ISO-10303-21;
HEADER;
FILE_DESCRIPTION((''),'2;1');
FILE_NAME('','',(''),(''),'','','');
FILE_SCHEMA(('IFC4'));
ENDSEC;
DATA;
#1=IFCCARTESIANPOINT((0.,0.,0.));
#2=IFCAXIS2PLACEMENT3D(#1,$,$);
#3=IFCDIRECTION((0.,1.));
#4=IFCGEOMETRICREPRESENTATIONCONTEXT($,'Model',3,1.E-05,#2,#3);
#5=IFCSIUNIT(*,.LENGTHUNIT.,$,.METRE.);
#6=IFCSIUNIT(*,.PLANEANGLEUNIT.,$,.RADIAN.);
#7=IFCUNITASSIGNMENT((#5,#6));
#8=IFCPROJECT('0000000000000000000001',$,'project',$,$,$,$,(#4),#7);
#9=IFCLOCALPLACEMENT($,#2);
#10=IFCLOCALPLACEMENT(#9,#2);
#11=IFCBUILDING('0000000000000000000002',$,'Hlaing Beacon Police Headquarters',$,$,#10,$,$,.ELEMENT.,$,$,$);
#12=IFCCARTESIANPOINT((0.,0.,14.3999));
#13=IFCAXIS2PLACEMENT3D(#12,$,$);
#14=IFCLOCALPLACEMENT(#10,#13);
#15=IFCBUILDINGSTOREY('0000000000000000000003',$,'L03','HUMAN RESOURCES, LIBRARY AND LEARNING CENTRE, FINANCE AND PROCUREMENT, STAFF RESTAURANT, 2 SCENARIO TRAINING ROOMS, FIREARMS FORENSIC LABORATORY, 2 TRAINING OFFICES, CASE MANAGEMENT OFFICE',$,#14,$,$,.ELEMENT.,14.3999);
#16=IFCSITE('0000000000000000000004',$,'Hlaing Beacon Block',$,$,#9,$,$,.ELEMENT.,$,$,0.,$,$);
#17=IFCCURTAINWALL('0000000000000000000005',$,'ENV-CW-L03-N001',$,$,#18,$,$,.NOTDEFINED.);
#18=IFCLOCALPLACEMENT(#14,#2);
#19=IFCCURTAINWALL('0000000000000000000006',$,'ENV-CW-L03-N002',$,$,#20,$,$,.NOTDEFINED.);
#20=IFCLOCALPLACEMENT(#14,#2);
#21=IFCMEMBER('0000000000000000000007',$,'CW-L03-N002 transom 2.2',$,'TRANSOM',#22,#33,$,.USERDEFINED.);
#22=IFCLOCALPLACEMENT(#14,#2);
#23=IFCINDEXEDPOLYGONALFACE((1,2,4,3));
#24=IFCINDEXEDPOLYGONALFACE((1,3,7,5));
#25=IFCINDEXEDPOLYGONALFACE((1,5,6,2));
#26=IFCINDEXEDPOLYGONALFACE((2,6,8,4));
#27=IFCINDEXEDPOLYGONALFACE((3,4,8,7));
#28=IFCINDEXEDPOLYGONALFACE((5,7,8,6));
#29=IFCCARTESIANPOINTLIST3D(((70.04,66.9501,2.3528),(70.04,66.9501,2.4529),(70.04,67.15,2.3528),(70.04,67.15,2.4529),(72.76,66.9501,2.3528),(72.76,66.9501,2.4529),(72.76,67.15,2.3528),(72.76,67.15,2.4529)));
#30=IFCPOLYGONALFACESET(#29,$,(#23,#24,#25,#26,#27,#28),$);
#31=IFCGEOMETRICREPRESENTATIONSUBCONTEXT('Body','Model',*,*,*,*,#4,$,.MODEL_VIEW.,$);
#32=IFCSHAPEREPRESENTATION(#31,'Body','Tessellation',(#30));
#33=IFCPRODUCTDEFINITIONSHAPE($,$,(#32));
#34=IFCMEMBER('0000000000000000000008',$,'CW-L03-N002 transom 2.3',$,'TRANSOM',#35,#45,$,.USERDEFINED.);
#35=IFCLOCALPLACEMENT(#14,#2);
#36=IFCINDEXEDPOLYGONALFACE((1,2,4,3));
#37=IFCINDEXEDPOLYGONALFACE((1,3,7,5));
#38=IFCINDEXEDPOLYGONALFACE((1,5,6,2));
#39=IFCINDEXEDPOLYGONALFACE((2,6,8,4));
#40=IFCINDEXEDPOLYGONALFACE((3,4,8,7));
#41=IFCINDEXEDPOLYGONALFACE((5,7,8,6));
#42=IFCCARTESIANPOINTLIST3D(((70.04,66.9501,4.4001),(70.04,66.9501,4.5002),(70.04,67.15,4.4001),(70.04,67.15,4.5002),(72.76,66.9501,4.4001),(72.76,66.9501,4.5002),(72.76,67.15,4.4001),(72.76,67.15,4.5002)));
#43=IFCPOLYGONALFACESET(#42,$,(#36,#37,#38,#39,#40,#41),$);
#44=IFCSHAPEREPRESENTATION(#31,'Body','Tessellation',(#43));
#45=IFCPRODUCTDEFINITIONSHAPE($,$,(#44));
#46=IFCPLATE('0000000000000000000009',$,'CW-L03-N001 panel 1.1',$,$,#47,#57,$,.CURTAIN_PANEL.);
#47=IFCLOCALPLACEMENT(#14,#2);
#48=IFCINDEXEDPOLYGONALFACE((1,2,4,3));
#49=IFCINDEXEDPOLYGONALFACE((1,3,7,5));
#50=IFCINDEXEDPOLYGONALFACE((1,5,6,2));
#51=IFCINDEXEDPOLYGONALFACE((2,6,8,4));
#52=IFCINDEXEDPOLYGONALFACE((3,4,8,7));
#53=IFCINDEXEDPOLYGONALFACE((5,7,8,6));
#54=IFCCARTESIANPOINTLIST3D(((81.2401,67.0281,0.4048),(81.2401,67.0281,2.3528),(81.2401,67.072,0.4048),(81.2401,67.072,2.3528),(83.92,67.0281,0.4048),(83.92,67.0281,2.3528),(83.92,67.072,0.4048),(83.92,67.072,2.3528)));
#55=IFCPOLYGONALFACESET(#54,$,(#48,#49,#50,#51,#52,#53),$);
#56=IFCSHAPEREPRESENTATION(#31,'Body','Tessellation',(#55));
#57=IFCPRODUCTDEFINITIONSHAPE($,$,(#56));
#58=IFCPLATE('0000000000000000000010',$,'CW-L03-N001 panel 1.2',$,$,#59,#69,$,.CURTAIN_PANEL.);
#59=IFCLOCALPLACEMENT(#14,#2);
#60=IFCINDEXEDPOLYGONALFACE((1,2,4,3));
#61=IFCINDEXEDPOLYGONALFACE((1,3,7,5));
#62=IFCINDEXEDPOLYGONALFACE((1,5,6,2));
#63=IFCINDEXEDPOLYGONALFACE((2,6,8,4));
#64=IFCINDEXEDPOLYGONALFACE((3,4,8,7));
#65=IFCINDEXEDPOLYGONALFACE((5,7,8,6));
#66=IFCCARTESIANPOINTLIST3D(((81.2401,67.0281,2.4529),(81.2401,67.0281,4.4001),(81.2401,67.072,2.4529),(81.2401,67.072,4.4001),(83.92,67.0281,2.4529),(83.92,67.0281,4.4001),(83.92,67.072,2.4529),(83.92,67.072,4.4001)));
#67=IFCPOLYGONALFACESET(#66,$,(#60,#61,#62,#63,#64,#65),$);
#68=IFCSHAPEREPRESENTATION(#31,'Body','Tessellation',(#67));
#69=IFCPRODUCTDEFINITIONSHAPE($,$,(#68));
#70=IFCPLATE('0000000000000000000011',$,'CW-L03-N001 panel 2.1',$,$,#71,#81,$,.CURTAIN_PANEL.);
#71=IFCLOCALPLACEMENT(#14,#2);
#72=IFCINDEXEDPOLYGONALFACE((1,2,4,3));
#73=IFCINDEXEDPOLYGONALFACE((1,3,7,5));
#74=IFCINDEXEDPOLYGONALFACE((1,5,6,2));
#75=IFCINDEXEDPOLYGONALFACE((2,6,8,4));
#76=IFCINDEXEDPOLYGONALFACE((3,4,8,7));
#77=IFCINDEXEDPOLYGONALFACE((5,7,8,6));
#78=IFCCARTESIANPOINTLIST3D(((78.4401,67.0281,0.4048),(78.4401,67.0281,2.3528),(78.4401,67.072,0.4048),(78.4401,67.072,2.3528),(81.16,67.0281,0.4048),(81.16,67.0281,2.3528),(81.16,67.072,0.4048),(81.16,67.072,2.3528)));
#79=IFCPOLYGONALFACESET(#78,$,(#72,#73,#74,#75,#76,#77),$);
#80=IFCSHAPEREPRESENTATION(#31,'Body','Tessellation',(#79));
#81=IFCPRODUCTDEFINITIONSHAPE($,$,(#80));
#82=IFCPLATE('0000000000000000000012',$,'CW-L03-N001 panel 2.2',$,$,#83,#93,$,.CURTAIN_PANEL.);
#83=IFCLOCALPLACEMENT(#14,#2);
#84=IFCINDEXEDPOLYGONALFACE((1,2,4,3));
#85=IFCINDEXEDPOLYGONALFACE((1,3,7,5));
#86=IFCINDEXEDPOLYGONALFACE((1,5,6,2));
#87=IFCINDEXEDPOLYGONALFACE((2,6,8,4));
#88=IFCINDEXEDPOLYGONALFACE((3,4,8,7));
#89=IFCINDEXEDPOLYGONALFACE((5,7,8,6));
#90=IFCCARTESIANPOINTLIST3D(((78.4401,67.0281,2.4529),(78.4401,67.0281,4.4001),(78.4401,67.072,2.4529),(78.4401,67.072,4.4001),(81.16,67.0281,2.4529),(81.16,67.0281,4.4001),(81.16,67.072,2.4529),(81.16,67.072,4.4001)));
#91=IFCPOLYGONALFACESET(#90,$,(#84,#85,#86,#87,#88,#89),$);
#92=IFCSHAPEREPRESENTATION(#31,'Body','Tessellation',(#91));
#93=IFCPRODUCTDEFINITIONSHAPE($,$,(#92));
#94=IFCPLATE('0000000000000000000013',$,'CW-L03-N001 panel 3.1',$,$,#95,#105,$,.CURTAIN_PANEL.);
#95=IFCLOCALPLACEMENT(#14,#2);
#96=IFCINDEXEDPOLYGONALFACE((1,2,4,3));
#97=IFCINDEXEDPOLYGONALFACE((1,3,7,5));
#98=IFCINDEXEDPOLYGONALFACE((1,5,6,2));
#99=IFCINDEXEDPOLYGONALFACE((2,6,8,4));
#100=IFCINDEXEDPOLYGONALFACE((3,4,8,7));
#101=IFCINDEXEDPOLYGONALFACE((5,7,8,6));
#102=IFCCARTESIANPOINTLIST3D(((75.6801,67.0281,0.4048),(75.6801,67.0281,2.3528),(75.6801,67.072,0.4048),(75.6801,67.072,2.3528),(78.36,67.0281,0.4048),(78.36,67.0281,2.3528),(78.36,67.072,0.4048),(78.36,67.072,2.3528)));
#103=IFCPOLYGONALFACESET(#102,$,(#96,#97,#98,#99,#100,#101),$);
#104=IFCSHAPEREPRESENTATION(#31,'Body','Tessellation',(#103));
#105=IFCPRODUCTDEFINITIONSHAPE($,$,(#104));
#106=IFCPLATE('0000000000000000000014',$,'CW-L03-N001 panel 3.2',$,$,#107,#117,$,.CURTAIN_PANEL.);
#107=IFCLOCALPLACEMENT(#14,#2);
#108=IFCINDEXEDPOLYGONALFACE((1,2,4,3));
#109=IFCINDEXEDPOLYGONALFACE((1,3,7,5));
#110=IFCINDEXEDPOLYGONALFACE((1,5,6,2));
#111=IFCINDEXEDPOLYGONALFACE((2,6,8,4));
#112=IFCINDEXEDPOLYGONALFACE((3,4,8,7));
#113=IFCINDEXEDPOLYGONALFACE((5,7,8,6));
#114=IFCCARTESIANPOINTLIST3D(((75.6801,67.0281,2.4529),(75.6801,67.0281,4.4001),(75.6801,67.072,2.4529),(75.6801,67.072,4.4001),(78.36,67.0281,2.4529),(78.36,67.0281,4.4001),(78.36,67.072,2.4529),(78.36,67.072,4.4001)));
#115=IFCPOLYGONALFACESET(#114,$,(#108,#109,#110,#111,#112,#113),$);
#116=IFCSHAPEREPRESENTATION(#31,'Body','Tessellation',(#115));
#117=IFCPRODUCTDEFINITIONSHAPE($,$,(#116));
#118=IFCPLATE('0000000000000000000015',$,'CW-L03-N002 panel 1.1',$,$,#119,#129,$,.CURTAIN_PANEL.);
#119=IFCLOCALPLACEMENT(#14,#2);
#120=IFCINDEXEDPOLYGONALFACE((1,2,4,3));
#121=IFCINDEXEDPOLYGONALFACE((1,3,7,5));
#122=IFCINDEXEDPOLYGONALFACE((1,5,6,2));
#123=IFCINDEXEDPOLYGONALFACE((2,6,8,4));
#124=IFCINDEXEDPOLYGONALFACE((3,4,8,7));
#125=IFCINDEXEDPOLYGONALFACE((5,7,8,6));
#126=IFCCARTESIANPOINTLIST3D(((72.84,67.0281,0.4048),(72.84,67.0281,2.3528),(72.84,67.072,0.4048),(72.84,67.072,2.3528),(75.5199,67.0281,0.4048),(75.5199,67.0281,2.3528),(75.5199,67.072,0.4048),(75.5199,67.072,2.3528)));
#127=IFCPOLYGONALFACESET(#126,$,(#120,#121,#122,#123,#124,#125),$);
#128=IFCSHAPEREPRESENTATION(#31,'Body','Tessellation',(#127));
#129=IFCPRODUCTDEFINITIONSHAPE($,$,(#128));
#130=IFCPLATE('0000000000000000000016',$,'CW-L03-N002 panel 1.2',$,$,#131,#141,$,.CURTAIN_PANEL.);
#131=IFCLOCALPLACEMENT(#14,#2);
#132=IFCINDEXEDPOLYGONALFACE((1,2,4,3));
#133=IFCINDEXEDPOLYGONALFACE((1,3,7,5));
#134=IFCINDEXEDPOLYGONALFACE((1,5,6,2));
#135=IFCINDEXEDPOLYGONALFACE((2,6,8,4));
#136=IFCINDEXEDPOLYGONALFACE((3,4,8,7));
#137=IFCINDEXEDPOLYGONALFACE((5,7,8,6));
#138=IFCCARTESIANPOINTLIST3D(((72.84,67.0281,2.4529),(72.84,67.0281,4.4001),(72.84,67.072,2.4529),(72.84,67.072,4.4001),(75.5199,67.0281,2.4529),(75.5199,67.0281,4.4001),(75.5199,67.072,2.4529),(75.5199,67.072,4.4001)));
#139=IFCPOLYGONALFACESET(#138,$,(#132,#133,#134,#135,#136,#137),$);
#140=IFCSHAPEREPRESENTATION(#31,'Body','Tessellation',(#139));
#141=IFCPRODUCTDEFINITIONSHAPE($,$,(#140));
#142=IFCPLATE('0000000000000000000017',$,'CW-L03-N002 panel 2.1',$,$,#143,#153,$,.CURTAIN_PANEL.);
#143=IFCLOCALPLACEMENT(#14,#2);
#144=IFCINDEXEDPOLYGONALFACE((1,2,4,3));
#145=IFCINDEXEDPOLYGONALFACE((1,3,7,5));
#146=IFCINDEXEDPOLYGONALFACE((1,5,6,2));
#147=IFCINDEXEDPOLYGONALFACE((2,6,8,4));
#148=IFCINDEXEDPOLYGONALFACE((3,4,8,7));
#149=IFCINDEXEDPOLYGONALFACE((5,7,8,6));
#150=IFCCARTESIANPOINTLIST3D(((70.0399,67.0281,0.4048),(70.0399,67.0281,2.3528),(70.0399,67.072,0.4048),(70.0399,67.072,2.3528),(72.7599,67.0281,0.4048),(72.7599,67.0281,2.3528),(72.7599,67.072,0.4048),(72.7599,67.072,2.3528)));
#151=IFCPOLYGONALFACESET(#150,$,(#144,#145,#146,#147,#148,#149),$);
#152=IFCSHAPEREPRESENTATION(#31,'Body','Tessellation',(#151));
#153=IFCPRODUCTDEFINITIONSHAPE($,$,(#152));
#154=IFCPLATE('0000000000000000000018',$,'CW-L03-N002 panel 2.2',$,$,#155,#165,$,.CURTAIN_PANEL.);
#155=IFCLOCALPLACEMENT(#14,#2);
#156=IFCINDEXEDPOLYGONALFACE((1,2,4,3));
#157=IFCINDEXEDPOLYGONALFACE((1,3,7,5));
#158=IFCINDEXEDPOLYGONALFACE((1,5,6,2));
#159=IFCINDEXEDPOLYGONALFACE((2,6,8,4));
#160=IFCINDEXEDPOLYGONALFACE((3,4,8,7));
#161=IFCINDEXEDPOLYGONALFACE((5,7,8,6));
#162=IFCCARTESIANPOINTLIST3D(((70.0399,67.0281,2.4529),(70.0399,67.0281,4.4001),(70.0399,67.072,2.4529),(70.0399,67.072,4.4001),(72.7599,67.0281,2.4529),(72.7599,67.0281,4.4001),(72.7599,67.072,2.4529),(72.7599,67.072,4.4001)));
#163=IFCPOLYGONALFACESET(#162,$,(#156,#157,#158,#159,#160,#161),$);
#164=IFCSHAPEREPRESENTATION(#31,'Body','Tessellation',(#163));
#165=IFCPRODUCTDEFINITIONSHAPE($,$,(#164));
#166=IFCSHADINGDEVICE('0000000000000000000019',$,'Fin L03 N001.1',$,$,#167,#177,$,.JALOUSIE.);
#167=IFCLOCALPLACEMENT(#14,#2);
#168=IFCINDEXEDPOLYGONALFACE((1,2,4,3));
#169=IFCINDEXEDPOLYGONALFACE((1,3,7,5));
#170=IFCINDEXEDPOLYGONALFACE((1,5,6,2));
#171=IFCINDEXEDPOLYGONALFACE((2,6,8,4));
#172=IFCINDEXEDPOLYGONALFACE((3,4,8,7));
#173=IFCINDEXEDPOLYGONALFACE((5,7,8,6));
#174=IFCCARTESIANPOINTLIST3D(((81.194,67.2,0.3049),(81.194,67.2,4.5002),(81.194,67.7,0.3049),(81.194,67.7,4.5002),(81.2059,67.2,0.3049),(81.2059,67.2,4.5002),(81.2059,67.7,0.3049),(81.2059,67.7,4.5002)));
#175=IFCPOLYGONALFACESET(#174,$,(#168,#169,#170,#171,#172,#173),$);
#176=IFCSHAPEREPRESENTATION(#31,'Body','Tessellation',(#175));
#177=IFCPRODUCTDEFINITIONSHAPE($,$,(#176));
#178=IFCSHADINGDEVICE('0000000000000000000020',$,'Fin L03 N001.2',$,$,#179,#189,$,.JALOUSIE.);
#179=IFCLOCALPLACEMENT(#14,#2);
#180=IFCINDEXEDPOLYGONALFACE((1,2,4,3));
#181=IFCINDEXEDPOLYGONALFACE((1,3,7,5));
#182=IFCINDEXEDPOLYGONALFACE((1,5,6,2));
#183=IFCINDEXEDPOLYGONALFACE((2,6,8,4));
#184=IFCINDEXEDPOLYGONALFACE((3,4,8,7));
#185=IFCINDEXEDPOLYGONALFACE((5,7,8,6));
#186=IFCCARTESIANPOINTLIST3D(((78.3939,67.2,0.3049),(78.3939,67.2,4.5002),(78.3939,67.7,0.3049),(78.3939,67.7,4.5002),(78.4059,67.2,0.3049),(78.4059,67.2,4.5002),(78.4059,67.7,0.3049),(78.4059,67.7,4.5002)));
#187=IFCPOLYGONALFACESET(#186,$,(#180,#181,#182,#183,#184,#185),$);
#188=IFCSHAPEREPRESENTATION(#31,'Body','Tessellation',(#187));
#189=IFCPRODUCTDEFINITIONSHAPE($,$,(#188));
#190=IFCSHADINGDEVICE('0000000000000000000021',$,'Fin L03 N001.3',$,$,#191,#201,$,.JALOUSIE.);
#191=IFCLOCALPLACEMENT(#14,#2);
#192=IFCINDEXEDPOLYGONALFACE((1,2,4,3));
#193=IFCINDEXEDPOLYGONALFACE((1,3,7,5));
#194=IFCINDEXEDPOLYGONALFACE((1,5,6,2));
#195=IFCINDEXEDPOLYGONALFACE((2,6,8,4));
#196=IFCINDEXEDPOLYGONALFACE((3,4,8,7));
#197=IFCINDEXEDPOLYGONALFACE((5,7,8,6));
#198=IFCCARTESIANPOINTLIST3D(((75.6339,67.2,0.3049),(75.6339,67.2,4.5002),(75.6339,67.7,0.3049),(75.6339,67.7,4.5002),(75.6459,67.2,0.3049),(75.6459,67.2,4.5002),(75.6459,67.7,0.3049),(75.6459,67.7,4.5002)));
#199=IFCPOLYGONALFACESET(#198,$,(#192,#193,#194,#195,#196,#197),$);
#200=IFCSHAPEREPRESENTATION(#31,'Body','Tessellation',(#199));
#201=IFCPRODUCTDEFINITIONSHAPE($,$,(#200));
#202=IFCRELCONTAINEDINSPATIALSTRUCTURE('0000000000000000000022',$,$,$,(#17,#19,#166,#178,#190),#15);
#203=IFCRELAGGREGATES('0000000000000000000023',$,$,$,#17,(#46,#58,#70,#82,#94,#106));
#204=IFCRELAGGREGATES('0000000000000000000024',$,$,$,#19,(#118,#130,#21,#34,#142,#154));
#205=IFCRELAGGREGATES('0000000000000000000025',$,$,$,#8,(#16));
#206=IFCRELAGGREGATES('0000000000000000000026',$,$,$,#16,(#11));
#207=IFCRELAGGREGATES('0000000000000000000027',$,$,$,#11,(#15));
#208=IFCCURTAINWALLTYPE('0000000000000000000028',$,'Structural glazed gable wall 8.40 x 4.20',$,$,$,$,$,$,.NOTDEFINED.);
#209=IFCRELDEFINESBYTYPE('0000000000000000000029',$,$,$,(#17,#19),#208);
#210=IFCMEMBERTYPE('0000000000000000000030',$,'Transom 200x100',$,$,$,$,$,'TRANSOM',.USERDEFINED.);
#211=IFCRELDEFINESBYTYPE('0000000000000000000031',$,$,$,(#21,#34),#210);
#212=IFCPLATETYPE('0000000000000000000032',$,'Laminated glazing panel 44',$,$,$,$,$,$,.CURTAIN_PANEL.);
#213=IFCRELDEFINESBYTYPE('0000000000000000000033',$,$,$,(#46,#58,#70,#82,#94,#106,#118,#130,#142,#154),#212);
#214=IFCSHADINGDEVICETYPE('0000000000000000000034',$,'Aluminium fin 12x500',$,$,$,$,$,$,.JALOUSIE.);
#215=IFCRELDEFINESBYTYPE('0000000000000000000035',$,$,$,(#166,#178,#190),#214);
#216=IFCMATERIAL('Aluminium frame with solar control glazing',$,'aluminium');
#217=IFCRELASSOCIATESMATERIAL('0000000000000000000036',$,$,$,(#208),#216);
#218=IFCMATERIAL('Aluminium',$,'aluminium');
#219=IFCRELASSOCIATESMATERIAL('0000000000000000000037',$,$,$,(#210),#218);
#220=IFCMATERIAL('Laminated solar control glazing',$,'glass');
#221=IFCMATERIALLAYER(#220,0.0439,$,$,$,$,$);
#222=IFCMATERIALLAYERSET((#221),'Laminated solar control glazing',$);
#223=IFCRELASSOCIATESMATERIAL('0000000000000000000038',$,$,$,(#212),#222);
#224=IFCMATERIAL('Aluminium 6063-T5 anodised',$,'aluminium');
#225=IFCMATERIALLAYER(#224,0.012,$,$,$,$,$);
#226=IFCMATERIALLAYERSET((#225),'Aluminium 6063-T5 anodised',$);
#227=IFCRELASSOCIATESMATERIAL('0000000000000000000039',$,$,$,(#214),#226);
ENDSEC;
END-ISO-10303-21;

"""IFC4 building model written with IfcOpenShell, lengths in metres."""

from ifc_helpers import new_model, si_unit, direction, frame, origin, origin_2d, place, context, subcontext, project, spatial, rectangle, extrude, material, layer, layer_set, material_profile, profile_set, type_object, element, aggregate, save


model = new_model("IFC4")

# Units and contexts
model_context = context("Model", 3, precision=1e-05, world=origin(), true_north=direction((0.0, 1.0)))
body_context = subcontext(model_context, "Body", "Model", "MODEL_VIEW")
ifc_project = project(units=[si_unit("LENGTHUNIT", "METRE"), si_unit("PLANEANGLEUNIT", "RADIAN")], contexts=[model_context])

# Site, building, storey
site_placement = place(None, origin())
site = spatial("IfcSite", under=ifc_project, at=site_placement, Name="Hlaing Beacon Block", CompositionType="ELEMENT", RefElevation=0.0)
building_placement = place(site_placement, origin())
building = spatial("IfcBuilding", under=site, at=building_placement, Name="Hlaing Beacon Police Headquarters", CompositionType="ELEMENT")
storey_placement = place(building_placement, frame((0.0, 0.0, 14.3999)))
storey = spatial("IfcBuildingStorey", under=building, at=storey_placement, Name="L03", Description="HUMAN RESOURCES, LIBRARY AND LEARNING CENTRE, FINANCE AND PROCUREMENT, STAFF RESTAURANT, 2 SCENARIO TRAINING ROOMS, FIREARMS FORENSIC LABORATORY, 2 TRAINING OFFICES, CASE MANAGEMENT OFFICE", CompositionType="ELEMENT", Elevation=14.3999)

# Curtain walls
ifc_material_1 = material(Name="Aluminium frame with solar control glazing", Category="aluminium")
curtain_wall_type = type_object("IfcCurtainWallType", Name="Structural glazed gable wall 8.40 x 4.20", PredefinedType="NOTDEFINED", material=ifc_material_1)
curtain_wall_1_placement = place(storey_placement, origin())
curtain_wall_1 = element("IfcCurtainWall", 1, at=curtain_wall_1_placement, inside=storey, type_object=curtain_wall_type, Name="ENV-CW-L03-N001", PredefinedType="NOTDEFINED")
curtain_wall_2_placement = place(storey_placement, origin())
curtain_wall_2 = element("IfcCurtainWall", 2, at=curtain_wall_2_placement, inside=storey, type_object=curtain_wall_type, Name="ENV-CW-L03-N002", PredefinedType="NOTDEFINED")

# Members
ifc_material_2 = material(Name="Aluminium", Category="aluminium")
ifc_material_profile_1 = material_profile(ifc_material_2, rectangle(XDim=0.2, YDim=0.1001, at=origin_2d()), Name="Transom 200x100")
ifc_profile_set_1 = profile_set([ifc_material_profile_1], Name="Aluminium")
member_type_1 = type_object("IfcMemberType", Name="Transom 200x100", ElementType="TRANSOM", PredefinedType="USERDEFINED", material=ifc_profile_set_1)
member_1_placement = place(storey_placement, frame((72.76, 67.05, 2.4028), z_axis=(-1.0, 0.0, 0.0), x_axis=(0.0, -1.0, 0.0)))
member_1 = element("IfcMember", 3, at=member_1_placement, type_object=member_type_1, Name="CW-L03-N002 transom 2.2", ObjectType="TRANSOM", PredefinedType="USERDEFINED", context=body_context, shape_type="SweptSolid", body=[
    extrude(rectangle(XDim=0.2, YDim=0.1001, at=origin_2d()), origin(), (0.0, 0.0, 1.0), 2.72),
])
member_2_placement = place(storey_placement, frame((72.76, 67.05, 4.4502), z_axis=(-1.0, 0.0, 0.0), x_axis=(0.0, -1.0, 0.0)))
member_2 = element("IfcMember", 4, at=member_2_placement, type_object=member_type_1, Name="CW-L03-N002 transom 2.3", ObjectType="TRANSOM", PredefinedType="USERDEFINED", context=body_context, shape_type="SweptSolid", body=[
    extrude(rectangle(XDim=0.2, YDim=0.1001, at=origin_2d()), origin(), (0.0, 0.0, 1.0), 2.72),
])

# Plates
ifc_material_3 = material(Name="Laminated solar control glazing", Category="glass")
ifc_layer_1 = layer(ifc_material_3, 0.0439)
ifc_layer_set_1 = layer_set([ifc_layer_1], Name="Laminated solar control glazing")
plate_type = type_object("IfcPlateType", Name="Laminated glazing panel 44", PredefinedType="CURTAIN_PANEL", material=ifc_layer_set_1)
plate_1_placement = place(storey_placement, frame((82.5801, 67.05, 0.4048), z_axis=(0.0, 0.0, 1.0), x_axis=(-1.0, 0.0, 0.0)))
plate_1 = element("IfcPlate", 5, at=plate_1_placement, type_object=plate_type, Name="CW-L03-N001 panel 1.1", PredefinedType="CURTAIN_PANEL", context=body_context, shape_type="SweptSolid", body=[
    extrude(rectangle(XDim=2.6799, YDim=0.0439, at=origin_2d()), origin(), (0.0, 0.0, 1.0), 1.948),
])
plate_2_placement = place(storey_placement, frame((82.5801, 67.05, 2.4529), z_axis=(0.0, 0.0, 1.0), x_axis=(-1.0, 0.0, 0.0)))
plate_2 = element("IfcPlate", 6, at=plate_2_placement, type_object=plate_type, Name="CW-L03-N001 panel 1.2", PredefinedType="CURTAIN_PANEL", context=body_context, shape_type="SweptSolid", body=[
    extrude(rectangle(XDim=2.6799, YDim=0.0439, at=origin_2d()), origin(), (0.0, 0.0, 1.0), 1.9473),
])
plate_3_placement = place(storey_placement, frame((79.8, 67.05, 0.4048), z_axis=(0.0, 0.0, 1.0), x_axis=(-1.0, 0.0, 0.0)))
plate_3 = element("IfcPlate", 7, at=plate_3_placement, type_object=plate_type, Name="CW-L03-N001 panel 2.1", PredefinedType="CURTAIN_PANEL", context=body_context, shape_type="SweptSolid", body=[
    extrude(rectangle(XDim=2.72, YDim=0.0439, at=origin_2d()), origin(), (0.0, 0.0, 1.0), 1.948),
])
plate_4_placement = place(storey_placement, frame((79.8, 67.05, 2.4529), z_axis=(0.0, 0.0, 1.0), x_axis=(-1.0, 0.0, 0.0)))
plate_4 = element("IfcPlate", 8, at=plate_4_placement, type_object=plate_type, Name="CW-L03-N001 panel 2.2", PredefinedType="CURTAIN_PANEL", context=body_context, shape_type="SweptSolid", body=[
    extrude(rectangle(XDim=2.72, YDim=0.0439, at=origin_2d()), origin(), (0.0, 0.0, 1.0), 1.9473),
])
plate_5_placement = place(storey_placement, frame((77.02, 67.05, 0.4048), z_axis=(0.0, 0.0, 1.0), x_axis=(-1.0, 0.0, 0.0)))
plate_5 = element("IfcPlate", 9, at=plate_5_placement, type_object=plate_type, Name="CW-L03-N001 panel 3.1", PredefinedType="CURTAIN_PANEL", context=body_context, shape_type="SweptSolid", body=[
    extrude(rectangle(XDim=2.6799, YDim=0.0439, at=origin_2d()), origin(), (0.0, 0.0, 1.0), 1.948),
])
plate_6_placement = place(storey_placement, frame((77.02, 67.05, 2.4529), z_axis=(0.0, 0.0, 1.0), x_axis=(-1.0, 0.0, 0.0)))
plate_6 = element("IfcPlate", 10, at=plate_6_placement, type_object=plate_type, Name="CW-L03-N001 panel 3.2", PredefinedType="CURTAIN_PANEL", context=body_context, shape_type="SweptSolid", body=[
    extrude(rectangle(XDim=2.6799, YDim=0.0439, at=origin_2d()), origin(), (0.0, 0.0, 1.0), 1.9473),
])
aggregate(curtain_wall_1, [plate_1, plate_2, plate_3, plate_4, plate_5, plate_6])
plate_7_placement = place(storey_placement, frame((74.1799, 67.05, 0.4048), z_axis=(0.0, 0.0, 1.0), x_axis=(-1.0, 0.0, 0.0)))
plate_7 = element("IfcPlate", 11, at=plate_7_placement, type_object=plate_type, Name="CW-L03-N002 panel 1.1", PredefinedType="CURTAIN_PANEL", context=body_context, shape_type="SweptSolid", body=[
    extrude(rectangle(XDim=2.6799, YDim=0.0439, at=origin_2d()), origin(), (0.0, 0.0, 1.0), 1.948),
])
plate_8_placement = place(storey_placement, frame((74.1799, 67.05, 2.4529), z_axis=(0.0, 0.0, 1.0), x_axis=(-1.0, 0.0, 0.0)))
plate_8 = element("IfcPlate", 12, at=plate_8_placement, type_object=plate_type, Name="CW-L03-N002 panel 1.2", PredefinedType="CURTAIN_PANEL", context=body_context, shape_type="SweptSolid", body=[
    extrude(rectangle(XDim=2.6799, YDim=0.0439, at=origin_2d()), origin(), (0.0, 0.0, 1.0), 1.9473),
])
plate_9_placement = place(storey_placement, frame((71.3999, 67.05, 0.4048), z_axis=(0.0, 0.0, 1.0), x_axis=(-1.0, 0.0, 0.0)))
plate_9 = element("IfcPlate", 13, at=plate_9_placement, type_object=plate_type, Name="CW-L03-N002 panel 2.1", PredefinedType="CURTAIN_PANEL", context=body_context, shape_type="SweptSolid", body=[
    extrude(rectangle(XDim=2.72, YDim=0.0439, at=origin_2d()), origin(), (0.0, 0.0, 1.0), 1.948),
])
plate_10_placement = place(storey_placement, frame((71.3999, 67.05, 2.4529), z_axis=(0.0, 0.0, 1.0), x_axis=(-1.0, 0.0, 0.0)))
plate_10 = element("IfcPlate", 14, at=plate_10_placement, type_object=plate_type, Name="CW-L03-N002 panel 2.2", PredefinedType="CURTAIN_PANEL", context=body_context, shape_type="SweptSolid", body=[
    extrude(rectangle(XDim=2.72, YDim=0.0439, at=origin_2d()), origin(), (0.0, 0.0, 1.0), 1.9473),
])
aggregate(curtain_wall_2, [plate_7, plate_8, member_1, member_2, plate_9, plate_10])

# Shading devices
ifc_material_4 = material(Name="Aluminium 6063-T5 anodised", Category="aluminium")
ifc_layer_2 = layer(ifc_material_4, 0.012)
ifc_layer_set_2 = layer_set([ifc_layer_2], Name="Aluminium 6063-T5 anodised")
shading_device_type = type_object("IfcShadingDeviceType", Name="Aluminium fin 12x500", PredefinedType="JALOUSIE", material=ifc_layer_set_2)
for number, where, z_axis, x_axis, name in (
    (15, (81.2, 67.45, 0.3049), (0.0, 0.0, 1.0), (-1.0, 0.0, 0.0), "Fin L03 N001.1"),
    (16, (78.3999, 67.45, 0.3049), (0.0, 0.0, 1.0), (-1.0, 0.0, 0.0), "Fin L03 N001.2"),
    (17, (75.6399, 67.45, 0.3049), (0.0, 0.0, 1.0), (-1.0, 0.0, 0.0), "Fin L03 N001.3"),
):
    element("IfcShadingDevice", number, at=place(storey_placement, frame(where, z_axis=z_axis, x_axis=x_axis)), inside=storey, type_object=shading_device_type, Name=name, PredefinedType="JALOUSIE", context=body_context, shape_type="SweptSolid", body=[
        extrude(rectangle(XDim=0.012, YDim=0.5, at=origin_2d()), origin(), (0.0, 0.0, 1.0), 4.1953),
    ])

save(model, "model.ifc")
